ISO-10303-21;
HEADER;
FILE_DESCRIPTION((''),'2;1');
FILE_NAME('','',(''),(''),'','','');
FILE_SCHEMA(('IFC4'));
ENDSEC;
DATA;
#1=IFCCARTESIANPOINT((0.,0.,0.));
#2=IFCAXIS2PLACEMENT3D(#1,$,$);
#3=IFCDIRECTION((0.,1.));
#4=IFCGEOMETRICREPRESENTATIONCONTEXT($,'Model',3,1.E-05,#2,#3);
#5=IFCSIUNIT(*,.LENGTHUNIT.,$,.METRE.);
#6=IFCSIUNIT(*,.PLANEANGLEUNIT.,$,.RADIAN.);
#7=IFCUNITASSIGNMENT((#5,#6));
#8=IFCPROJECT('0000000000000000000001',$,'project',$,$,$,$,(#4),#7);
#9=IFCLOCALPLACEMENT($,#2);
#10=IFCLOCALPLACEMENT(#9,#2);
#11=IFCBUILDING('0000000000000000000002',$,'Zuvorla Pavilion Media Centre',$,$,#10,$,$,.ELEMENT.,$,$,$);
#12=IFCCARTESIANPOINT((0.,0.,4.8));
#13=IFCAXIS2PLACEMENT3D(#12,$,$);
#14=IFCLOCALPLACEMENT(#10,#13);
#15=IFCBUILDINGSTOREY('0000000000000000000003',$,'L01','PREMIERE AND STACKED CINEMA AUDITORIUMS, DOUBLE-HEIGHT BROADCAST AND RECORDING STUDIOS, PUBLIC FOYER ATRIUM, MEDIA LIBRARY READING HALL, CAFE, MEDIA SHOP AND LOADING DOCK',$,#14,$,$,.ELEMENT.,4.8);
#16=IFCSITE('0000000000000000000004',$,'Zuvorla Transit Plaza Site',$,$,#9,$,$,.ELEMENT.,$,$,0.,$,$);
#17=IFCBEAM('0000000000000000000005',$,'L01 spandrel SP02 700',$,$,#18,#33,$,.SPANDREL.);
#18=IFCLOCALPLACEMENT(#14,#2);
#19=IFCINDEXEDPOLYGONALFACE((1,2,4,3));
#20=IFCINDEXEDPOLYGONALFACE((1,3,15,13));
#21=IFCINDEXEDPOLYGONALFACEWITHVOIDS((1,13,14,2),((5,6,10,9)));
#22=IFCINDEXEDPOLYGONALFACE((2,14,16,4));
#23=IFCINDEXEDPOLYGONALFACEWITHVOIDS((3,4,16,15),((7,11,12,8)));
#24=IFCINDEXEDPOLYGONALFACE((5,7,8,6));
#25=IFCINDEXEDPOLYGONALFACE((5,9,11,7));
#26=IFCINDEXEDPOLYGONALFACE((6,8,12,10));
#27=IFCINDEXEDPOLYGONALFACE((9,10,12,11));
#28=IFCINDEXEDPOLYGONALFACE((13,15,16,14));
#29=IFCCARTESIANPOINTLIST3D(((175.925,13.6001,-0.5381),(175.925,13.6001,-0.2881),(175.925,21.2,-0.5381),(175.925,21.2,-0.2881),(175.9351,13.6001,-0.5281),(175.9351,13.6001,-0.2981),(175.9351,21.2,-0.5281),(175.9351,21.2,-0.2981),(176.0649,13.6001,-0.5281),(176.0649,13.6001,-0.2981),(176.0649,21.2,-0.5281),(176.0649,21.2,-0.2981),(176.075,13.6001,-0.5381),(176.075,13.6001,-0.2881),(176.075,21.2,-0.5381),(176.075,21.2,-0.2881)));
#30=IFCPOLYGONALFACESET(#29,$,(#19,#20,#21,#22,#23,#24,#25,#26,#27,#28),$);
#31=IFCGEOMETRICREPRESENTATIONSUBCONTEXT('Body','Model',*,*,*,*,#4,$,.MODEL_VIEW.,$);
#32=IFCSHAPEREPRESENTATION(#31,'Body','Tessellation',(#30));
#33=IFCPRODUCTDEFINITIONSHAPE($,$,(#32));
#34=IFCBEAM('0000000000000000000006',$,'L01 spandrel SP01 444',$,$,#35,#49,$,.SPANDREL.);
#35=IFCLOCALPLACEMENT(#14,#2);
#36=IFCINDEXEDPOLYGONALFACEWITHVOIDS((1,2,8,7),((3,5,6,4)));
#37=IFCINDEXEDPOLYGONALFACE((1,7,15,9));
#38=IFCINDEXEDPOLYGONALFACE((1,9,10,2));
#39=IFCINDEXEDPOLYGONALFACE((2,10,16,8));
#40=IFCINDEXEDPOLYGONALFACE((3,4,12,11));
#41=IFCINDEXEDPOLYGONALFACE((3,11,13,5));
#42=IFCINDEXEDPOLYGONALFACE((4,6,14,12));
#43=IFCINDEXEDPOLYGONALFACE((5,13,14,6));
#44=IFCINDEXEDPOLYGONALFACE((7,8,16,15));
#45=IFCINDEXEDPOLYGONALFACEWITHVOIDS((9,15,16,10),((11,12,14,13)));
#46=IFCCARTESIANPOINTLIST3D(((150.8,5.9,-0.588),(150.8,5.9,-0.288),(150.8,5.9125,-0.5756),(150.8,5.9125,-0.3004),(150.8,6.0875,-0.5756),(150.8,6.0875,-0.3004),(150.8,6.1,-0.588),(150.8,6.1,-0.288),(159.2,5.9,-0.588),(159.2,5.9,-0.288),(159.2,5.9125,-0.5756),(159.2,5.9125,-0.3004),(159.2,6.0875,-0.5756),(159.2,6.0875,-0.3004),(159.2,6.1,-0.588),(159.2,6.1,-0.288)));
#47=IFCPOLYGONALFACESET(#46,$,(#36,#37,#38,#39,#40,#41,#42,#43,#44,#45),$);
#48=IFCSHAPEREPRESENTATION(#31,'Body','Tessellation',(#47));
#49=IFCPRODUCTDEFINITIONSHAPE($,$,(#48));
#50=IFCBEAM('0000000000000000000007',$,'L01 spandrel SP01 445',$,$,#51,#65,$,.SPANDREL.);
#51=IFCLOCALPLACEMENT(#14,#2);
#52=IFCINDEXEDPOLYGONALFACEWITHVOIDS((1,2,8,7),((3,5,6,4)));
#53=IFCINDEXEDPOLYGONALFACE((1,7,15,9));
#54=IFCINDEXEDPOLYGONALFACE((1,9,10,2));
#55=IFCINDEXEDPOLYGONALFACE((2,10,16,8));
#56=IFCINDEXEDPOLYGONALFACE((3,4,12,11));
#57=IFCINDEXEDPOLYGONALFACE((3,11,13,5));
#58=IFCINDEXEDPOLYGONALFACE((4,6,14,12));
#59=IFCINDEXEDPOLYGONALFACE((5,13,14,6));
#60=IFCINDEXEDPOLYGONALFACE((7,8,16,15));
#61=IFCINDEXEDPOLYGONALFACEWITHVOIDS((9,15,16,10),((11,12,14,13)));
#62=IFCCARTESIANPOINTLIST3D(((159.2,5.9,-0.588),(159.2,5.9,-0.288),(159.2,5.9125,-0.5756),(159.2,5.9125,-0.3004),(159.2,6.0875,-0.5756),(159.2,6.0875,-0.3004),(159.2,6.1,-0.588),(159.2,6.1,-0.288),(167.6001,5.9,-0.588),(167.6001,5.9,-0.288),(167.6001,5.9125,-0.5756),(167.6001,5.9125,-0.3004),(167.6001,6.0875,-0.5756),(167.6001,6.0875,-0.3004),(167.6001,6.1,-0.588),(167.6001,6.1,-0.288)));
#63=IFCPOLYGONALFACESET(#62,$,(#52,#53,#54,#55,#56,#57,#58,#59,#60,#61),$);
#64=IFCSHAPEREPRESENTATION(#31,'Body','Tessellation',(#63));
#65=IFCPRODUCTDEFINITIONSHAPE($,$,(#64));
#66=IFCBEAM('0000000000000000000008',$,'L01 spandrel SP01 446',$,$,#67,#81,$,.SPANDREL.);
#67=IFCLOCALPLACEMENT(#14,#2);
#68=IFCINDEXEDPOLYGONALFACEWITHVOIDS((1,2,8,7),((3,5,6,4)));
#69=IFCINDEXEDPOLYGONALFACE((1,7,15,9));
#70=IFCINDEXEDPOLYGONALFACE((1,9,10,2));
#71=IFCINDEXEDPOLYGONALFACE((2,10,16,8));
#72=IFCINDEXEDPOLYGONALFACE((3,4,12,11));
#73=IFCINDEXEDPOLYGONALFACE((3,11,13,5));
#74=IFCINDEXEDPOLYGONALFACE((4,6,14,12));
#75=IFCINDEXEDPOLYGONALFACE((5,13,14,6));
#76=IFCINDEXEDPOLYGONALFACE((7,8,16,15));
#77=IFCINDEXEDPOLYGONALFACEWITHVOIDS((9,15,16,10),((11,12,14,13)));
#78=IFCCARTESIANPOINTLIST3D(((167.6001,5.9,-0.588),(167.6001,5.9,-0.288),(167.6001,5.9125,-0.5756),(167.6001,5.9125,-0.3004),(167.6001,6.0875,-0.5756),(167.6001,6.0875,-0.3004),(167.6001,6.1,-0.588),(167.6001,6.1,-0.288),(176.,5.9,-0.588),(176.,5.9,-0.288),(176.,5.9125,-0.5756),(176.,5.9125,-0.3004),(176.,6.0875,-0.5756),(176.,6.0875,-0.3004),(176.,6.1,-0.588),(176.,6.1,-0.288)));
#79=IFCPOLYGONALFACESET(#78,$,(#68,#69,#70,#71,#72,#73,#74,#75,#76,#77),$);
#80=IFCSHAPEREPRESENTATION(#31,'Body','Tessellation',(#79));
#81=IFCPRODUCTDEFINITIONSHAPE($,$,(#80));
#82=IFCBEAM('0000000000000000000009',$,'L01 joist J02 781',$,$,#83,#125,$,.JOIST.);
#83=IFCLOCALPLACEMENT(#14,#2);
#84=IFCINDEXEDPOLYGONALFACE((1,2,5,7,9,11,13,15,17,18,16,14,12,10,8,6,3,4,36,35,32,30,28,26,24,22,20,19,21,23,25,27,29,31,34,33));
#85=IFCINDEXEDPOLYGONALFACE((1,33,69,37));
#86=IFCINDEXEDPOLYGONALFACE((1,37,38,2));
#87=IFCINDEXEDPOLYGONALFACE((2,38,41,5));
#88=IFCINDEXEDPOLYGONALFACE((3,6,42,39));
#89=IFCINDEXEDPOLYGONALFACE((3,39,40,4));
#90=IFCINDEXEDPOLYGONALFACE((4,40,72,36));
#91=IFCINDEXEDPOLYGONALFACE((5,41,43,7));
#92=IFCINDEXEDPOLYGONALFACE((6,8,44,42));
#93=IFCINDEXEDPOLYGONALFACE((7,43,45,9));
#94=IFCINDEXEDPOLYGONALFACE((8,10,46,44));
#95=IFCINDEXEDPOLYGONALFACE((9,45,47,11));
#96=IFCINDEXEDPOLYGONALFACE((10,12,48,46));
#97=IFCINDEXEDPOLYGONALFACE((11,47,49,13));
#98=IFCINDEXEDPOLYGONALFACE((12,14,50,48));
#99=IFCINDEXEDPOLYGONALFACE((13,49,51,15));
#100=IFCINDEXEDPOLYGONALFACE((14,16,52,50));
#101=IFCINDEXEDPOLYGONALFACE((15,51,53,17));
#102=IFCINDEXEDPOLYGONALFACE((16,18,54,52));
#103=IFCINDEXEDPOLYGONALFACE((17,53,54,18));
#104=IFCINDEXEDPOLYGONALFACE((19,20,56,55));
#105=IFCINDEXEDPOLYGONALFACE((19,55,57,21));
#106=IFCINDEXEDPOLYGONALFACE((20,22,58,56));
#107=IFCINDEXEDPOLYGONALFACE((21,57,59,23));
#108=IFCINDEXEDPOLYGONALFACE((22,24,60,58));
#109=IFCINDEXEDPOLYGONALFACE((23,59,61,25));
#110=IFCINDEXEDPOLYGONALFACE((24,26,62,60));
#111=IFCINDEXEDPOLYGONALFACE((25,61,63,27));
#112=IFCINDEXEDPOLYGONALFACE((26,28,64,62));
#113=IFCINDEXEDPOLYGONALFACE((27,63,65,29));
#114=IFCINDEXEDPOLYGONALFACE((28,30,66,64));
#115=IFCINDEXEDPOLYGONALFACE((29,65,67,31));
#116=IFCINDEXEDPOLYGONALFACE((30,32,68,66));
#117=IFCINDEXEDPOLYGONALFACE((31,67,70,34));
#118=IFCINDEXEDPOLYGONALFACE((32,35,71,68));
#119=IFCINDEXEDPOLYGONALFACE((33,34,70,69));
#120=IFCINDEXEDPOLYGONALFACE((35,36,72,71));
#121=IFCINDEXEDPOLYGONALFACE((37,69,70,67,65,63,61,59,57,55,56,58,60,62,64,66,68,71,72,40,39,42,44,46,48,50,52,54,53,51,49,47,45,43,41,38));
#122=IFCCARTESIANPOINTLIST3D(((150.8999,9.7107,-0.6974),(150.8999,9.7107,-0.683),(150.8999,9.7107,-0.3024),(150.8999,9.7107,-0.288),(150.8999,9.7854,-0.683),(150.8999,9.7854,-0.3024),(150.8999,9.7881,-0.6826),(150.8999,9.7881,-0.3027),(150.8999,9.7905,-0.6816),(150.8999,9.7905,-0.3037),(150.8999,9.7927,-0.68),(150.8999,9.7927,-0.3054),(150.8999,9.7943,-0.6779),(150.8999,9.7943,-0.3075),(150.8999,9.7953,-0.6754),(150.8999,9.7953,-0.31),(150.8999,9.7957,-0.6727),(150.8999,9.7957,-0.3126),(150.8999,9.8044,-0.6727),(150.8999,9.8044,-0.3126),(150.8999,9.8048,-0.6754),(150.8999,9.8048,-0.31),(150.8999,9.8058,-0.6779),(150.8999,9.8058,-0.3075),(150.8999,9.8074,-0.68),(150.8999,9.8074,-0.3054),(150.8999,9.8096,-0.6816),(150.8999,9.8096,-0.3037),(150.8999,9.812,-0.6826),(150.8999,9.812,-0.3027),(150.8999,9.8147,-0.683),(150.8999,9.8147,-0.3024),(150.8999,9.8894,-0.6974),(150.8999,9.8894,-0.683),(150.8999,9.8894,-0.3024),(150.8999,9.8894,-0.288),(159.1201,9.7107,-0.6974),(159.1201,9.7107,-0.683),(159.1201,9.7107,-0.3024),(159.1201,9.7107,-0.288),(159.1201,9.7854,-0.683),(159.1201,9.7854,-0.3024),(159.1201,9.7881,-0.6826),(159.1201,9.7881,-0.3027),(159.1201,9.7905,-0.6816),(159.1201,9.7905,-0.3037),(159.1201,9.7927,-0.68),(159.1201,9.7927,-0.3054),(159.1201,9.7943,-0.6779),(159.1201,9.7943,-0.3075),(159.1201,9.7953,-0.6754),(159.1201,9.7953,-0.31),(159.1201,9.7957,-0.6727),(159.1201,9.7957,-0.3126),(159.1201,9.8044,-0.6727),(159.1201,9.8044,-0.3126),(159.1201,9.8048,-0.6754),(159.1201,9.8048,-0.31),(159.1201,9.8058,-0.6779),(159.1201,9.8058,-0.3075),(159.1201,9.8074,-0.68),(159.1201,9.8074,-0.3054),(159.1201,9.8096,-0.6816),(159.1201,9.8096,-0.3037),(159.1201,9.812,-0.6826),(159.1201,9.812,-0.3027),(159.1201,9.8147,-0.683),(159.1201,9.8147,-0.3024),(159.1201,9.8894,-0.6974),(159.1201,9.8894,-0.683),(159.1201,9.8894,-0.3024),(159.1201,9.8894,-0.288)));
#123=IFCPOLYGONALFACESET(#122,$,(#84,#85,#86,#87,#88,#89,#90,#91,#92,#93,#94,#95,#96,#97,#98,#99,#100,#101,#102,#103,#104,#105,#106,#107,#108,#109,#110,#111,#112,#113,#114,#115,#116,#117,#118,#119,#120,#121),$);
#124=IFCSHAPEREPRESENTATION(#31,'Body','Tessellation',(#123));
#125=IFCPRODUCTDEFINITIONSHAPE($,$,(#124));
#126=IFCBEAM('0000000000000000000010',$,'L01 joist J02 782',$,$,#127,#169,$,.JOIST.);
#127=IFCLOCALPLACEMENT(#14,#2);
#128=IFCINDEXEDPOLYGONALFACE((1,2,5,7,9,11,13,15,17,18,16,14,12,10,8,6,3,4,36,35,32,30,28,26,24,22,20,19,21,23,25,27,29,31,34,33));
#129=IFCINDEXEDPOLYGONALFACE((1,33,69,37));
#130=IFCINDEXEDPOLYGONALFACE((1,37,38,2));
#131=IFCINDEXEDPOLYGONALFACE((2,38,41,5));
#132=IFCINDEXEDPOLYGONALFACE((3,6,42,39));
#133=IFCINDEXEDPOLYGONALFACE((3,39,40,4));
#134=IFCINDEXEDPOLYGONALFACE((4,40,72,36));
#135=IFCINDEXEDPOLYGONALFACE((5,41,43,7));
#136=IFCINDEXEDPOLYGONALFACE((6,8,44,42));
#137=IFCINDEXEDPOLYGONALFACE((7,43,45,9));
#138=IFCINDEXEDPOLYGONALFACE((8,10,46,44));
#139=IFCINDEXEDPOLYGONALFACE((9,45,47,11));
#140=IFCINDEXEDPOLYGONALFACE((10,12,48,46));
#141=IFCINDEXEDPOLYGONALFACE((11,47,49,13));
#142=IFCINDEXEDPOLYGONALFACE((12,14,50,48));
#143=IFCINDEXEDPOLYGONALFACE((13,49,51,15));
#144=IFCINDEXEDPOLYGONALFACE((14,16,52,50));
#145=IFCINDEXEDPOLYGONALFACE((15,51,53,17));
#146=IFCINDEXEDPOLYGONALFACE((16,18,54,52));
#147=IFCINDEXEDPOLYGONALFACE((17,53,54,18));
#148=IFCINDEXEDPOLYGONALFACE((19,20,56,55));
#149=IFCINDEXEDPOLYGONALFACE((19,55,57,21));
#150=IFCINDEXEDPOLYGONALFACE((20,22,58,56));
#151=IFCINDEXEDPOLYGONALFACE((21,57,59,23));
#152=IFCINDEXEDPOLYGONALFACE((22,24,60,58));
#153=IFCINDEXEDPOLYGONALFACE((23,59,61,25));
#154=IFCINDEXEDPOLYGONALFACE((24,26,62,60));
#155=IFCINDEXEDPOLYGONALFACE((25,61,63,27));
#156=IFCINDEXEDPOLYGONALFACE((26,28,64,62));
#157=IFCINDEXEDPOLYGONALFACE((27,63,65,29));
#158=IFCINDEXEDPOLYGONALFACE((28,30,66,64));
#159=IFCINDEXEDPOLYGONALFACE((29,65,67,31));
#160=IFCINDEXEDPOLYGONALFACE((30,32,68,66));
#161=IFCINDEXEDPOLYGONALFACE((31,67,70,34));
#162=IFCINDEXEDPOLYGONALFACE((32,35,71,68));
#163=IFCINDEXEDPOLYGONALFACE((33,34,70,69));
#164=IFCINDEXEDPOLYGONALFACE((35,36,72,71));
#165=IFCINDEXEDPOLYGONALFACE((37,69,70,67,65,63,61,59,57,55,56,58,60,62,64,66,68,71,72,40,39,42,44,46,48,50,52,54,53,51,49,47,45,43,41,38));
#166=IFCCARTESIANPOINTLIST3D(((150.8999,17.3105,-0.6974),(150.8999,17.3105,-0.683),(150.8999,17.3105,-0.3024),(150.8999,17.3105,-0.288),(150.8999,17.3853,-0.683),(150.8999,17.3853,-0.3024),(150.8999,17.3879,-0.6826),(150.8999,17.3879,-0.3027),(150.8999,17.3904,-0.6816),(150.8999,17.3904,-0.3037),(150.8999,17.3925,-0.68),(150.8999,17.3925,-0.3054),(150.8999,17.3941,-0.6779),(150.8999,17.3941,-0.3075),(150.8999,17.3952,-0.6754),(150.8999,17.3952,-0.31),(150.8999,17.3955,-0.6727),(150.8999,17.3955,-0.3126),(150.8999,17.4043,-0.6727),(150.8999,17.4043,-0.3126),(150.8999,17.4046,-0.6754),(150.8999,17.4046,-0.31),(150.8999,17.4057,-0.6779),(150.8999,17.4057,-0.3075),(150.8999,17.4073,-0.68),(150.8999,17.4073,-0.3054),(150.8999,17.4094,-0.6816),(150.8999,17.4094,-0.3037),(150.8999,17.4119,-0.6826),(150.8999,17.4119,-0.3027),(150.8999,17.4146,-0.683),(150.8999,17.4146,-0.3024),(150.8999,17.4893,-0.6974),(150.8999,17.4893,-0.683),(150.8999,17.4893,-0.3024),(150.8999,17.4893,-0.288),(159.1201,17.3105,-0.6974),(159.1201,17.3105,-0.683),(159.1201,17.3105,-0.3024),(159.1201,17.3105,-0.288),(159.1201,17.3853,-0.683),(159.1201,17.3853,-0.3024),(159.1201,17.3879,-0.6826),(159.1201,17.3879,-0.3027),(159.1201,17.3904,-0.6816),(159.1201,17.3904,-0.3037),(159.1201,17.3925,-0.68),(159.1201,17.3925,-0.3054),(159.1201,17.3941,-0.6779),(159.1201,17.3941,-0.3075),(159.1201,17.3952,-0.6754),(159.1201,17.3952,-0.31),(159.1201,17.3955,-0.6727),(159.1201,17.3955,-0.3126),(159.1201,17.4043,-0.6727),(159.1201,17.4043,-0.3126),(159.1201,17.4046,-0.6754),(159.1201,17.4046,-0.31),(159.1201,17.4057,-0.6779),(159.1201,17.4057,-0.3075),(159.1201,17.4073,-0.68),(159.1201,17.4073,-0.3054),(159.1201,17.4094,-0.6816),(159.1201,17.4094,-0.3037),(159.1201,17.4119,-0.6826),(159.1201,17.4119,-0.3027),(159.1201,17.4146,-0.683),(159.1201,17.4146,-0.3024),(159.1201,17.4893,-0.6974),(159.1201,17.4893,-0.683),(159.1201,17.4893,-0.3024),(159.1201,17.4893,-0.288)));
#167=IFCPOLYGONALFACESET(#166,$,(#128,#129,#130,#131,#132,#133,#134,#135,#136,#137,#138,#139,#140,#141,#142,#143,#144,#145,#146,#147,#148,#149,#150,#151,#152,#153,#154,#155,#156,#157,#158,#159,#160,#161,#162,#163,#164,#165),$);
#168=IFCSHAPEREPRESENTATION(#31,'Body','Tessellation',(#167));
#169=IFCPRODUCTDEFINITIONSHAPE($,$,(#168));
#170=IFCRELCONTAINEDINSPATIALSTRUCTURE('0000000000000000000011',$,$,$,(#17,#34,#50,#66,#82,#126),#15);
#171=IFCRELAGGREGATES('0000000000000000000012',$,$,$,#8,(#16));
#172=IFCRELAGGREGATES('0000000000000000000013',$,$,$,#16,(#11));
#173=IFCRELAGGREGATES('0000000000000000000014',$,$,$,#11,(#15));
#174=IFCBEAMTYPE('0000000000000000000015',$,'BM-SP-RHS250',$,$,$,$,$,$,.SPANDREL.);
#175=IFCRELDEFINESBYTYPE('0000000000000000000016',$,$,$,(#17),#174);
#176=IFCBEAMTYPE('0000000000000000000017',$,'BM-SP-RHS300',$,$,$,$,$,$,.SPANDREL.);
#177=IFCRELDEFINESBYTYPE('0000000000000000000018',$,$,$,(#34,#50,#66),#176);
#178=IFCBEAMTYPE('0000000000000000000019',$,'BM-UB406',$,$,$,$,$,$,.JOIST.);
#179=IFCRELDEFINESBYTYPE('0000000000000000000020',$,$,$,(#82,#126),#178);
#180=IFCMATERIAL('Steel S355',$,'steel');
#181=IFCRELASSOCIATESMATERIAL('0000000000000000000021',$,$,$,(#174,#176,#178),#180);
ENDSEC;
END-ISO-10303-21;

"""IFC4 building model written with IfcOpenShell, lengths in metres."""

from ifc_helpers import new_model, si_unit, direction, frame, origin, origin_2d, place, context, subcontext, project, spatial, hollow_rectangle, i_section, extrude, material, material_profile, profile_set, type_object, element, save


model = new_model("IFC4")

# Units and contexts
model_context = context("Model", 3, precision=1e-05, world=origin(), true_north=direction((0.0, 1.0)))
body_context = subcontext(model_context, "Body", "Model", "MODEL_VIEW")
ifc_project = project(units=[si_unit("LENGTHUNIT", "METRE"), si_unit("PLANEANGLEUNIT", "RADIAN")], contexts=[model_context])

# Site, building, storey
site_placement = place(None, origin())
site = spatial("IfcSite", under=ifc_project, at=site_placement, Name="Zuvorla Transit Plaza Site", CompositionType="ELEMENT", RefElevation=0.0)
building_placement = place(site_placement, origin())
building = spatial("IfcBuilding", under=site, at=building_placement, Name="Zuvorla Pavilion Media Centre", CompositionType="ELEMENT")
storey_placement = place(building_placement, frame((0.0, 0.0, 4.8)))
storey = spatial("IfcBuildingStorey", under=building, at=storey_placement, Name="L01", Description="PREMIERE AND STACKED CINEMA AUDITORIUMS, DOUBLE-HEIGHT BROADCAST AND RECORDING STUDIOS, PUBLIC FOYER ATRIUM, MEDIA LIBRARY READING HALL, CAFE, MEDIA SHOP AND LOADING DOCK", CompositionType="ELEMENT", Elevation=4.8)

# Shared definitions
ifc_material_1 = material(Name="Steel S355", Category="steel")

# Beams
ifc_material_profile_1 = material_profile(ifc_material_1, hollow_rectangle(XDim=0.1499, YDim=0.25, WallThickness=0.01, at=origin_2d()), Name="RHS 250x150x10")
ifc_profile_set_1 = profile_set([ifc_material_profile_1], Name="Steel S355")
beam_type_1 = type_object("IfcBeamType", Name="BM-SP-RHS250", PredefinedType="SPANDREL", material=ifc_profile_set_1)
beam_1_placement = place(storey_placement, frame((176.0, 13.6001, -0.4131), z_axis=(0.0, 1.0, 0.0), x_axis=(-1.0, 0.0, 0.0)))
element("IfcBeam", 1, at=beam_1_placement, inside=storey, type_object=beam_type_1, Name="L01 spandrel SP02 700", PredefinedType="SPANDREL", context=body_context, shape_type="SweptSolid", body=[
    extrude(hollow_rectangle(XDim=0.1499, YDim=0.25, WallThickness=0.01, at=origin_2d()), origin(), (0.0, 0.0, 1.0), 7.5999),
])
ifc_material_profile_2 = material_profile(ifc_material_1, hollow_rectangle(XDim=0.2, YDim=0.3, WallThickness=0.0125, at=origin_2d()), Name="RHS 300x200x12.5")
ifc_profile_set_2 = profile_set([ifc_material_profile_2], Name="Steel S355")
beam_type_2 = type_object("IfcBeamType", Name="BM-SP-RHS300", PredefinedType="SPANDREL", material=ifc_profile_set_2)
beam_2_placement = place(storey_placement, frame((150.8, 6.0, -0.438), z_axis=(1.0, 0.0, 0.0), x_axis=(0.0, 1.0, 0.0)))
element("IfcBeam", 2, at=beam_2_placement, inside=storey, type_object=beam_type_2, Name="L01 spandrel SP01 444", PredefinedType="SPANDREL", context=body_context, shape_type="SweptSolid", body=[
    extrude(hollow_rectangle(XDim=0.2, YDim=0.3, WallThickness=0.0125, at=origin_2d()), origin(), (0.0, 0.0, 1.0), 8.3999),
])
beam_3_placement = place(storey_placement, frame((159.2, 6.0, -0.438), z_axis=(1.0, 0.0, 0.0), x_axis=(0.0, 1.0, 0.0)))
element("IfcBeam", 3, at=beam_3_placement, inside=storey, type_object=beam_type_2, Name="L01 spandrel SP01 445", PredefinedType="SPANDREL", context=body_context, shape_type="SweptSolid", body=[
    extrude(hollow_rectangle(XDim=0.2, YDim=0.3, WallThickness=0.0125, at=origin_2d()), origin(), (0.0, 0.0, 1.0), 8.4001),
])
beam_4_placement = place(storey_placement, frame((167.6001, 6.0, -0.438), z_axis=(1.0, 0.0, 0.0), x_axis=(0.0, 1.0, 0.0)))
element("IfcBeam", 4, at=beam_4_placement, inside=storey, type_object=beam_type_2, Name="L01 spandrel SP01 446", PredefinedType="SPANDREL", context=body_context, shape_type="SweptSolid", body=[
    extrude(hollow_rectangle(XDim=0.2, YDim=0.3, WallThickness=0.0125, at=origin_2d()), origin(), (0.0, 0.0, 1.0), 8.3999),
])
ifc_material_profile_3 = material_profile(ifc_material_1, i_section(OverallWidth=0.1787, OverallDepth=0.4094, WebThickness=0.0088, FlangeThickness=0.0144, FilletRadius=0.0103, at=origin_2d()), Name="UB 406x178x67")
ifc_profile_set_3 = profile_set([ifc_material_profile_3], Name="Steel S355")
beam_type_3 = type_object("IfcBeamType", Name="BM-UB406", PredefinedType="JOIST", material=ifc_profile_set_3)
for number, where, z_axis, x_axis, name in (
    (5, (150.8999, 9.8, -0.4927), (1.0, 0.0, 0.0), (0.0, 1.0, 0.0), "L01 joist J02 781"),
    (6, (150.8999, 17.3999, -0.4927), (1.0, 0.0, 0.0), (0.0, 1.0, 0.0), "L01 joist J02 782"),
):
    element("IfcBeam", number, at=place(storey_placement, frame(where, z_axis=z_axis, x_axis=x_axis)), inside=storey, type_object=beam_type_3, Name=name, PredefinedType="JOIST", context=body_context, shape_type="SweptSolid", body=[
        extrude(i_section(OverallWidth=0.1787, OverallDepth=0.4094, WebThickness=0.0088, FlangeThickness=0.0144, FilletRadius=0.0103, at=origin_2d()), origin(), (0.0, 0.0, 1.0), 8.2202),
    ])

save(model, "model.ifc")
